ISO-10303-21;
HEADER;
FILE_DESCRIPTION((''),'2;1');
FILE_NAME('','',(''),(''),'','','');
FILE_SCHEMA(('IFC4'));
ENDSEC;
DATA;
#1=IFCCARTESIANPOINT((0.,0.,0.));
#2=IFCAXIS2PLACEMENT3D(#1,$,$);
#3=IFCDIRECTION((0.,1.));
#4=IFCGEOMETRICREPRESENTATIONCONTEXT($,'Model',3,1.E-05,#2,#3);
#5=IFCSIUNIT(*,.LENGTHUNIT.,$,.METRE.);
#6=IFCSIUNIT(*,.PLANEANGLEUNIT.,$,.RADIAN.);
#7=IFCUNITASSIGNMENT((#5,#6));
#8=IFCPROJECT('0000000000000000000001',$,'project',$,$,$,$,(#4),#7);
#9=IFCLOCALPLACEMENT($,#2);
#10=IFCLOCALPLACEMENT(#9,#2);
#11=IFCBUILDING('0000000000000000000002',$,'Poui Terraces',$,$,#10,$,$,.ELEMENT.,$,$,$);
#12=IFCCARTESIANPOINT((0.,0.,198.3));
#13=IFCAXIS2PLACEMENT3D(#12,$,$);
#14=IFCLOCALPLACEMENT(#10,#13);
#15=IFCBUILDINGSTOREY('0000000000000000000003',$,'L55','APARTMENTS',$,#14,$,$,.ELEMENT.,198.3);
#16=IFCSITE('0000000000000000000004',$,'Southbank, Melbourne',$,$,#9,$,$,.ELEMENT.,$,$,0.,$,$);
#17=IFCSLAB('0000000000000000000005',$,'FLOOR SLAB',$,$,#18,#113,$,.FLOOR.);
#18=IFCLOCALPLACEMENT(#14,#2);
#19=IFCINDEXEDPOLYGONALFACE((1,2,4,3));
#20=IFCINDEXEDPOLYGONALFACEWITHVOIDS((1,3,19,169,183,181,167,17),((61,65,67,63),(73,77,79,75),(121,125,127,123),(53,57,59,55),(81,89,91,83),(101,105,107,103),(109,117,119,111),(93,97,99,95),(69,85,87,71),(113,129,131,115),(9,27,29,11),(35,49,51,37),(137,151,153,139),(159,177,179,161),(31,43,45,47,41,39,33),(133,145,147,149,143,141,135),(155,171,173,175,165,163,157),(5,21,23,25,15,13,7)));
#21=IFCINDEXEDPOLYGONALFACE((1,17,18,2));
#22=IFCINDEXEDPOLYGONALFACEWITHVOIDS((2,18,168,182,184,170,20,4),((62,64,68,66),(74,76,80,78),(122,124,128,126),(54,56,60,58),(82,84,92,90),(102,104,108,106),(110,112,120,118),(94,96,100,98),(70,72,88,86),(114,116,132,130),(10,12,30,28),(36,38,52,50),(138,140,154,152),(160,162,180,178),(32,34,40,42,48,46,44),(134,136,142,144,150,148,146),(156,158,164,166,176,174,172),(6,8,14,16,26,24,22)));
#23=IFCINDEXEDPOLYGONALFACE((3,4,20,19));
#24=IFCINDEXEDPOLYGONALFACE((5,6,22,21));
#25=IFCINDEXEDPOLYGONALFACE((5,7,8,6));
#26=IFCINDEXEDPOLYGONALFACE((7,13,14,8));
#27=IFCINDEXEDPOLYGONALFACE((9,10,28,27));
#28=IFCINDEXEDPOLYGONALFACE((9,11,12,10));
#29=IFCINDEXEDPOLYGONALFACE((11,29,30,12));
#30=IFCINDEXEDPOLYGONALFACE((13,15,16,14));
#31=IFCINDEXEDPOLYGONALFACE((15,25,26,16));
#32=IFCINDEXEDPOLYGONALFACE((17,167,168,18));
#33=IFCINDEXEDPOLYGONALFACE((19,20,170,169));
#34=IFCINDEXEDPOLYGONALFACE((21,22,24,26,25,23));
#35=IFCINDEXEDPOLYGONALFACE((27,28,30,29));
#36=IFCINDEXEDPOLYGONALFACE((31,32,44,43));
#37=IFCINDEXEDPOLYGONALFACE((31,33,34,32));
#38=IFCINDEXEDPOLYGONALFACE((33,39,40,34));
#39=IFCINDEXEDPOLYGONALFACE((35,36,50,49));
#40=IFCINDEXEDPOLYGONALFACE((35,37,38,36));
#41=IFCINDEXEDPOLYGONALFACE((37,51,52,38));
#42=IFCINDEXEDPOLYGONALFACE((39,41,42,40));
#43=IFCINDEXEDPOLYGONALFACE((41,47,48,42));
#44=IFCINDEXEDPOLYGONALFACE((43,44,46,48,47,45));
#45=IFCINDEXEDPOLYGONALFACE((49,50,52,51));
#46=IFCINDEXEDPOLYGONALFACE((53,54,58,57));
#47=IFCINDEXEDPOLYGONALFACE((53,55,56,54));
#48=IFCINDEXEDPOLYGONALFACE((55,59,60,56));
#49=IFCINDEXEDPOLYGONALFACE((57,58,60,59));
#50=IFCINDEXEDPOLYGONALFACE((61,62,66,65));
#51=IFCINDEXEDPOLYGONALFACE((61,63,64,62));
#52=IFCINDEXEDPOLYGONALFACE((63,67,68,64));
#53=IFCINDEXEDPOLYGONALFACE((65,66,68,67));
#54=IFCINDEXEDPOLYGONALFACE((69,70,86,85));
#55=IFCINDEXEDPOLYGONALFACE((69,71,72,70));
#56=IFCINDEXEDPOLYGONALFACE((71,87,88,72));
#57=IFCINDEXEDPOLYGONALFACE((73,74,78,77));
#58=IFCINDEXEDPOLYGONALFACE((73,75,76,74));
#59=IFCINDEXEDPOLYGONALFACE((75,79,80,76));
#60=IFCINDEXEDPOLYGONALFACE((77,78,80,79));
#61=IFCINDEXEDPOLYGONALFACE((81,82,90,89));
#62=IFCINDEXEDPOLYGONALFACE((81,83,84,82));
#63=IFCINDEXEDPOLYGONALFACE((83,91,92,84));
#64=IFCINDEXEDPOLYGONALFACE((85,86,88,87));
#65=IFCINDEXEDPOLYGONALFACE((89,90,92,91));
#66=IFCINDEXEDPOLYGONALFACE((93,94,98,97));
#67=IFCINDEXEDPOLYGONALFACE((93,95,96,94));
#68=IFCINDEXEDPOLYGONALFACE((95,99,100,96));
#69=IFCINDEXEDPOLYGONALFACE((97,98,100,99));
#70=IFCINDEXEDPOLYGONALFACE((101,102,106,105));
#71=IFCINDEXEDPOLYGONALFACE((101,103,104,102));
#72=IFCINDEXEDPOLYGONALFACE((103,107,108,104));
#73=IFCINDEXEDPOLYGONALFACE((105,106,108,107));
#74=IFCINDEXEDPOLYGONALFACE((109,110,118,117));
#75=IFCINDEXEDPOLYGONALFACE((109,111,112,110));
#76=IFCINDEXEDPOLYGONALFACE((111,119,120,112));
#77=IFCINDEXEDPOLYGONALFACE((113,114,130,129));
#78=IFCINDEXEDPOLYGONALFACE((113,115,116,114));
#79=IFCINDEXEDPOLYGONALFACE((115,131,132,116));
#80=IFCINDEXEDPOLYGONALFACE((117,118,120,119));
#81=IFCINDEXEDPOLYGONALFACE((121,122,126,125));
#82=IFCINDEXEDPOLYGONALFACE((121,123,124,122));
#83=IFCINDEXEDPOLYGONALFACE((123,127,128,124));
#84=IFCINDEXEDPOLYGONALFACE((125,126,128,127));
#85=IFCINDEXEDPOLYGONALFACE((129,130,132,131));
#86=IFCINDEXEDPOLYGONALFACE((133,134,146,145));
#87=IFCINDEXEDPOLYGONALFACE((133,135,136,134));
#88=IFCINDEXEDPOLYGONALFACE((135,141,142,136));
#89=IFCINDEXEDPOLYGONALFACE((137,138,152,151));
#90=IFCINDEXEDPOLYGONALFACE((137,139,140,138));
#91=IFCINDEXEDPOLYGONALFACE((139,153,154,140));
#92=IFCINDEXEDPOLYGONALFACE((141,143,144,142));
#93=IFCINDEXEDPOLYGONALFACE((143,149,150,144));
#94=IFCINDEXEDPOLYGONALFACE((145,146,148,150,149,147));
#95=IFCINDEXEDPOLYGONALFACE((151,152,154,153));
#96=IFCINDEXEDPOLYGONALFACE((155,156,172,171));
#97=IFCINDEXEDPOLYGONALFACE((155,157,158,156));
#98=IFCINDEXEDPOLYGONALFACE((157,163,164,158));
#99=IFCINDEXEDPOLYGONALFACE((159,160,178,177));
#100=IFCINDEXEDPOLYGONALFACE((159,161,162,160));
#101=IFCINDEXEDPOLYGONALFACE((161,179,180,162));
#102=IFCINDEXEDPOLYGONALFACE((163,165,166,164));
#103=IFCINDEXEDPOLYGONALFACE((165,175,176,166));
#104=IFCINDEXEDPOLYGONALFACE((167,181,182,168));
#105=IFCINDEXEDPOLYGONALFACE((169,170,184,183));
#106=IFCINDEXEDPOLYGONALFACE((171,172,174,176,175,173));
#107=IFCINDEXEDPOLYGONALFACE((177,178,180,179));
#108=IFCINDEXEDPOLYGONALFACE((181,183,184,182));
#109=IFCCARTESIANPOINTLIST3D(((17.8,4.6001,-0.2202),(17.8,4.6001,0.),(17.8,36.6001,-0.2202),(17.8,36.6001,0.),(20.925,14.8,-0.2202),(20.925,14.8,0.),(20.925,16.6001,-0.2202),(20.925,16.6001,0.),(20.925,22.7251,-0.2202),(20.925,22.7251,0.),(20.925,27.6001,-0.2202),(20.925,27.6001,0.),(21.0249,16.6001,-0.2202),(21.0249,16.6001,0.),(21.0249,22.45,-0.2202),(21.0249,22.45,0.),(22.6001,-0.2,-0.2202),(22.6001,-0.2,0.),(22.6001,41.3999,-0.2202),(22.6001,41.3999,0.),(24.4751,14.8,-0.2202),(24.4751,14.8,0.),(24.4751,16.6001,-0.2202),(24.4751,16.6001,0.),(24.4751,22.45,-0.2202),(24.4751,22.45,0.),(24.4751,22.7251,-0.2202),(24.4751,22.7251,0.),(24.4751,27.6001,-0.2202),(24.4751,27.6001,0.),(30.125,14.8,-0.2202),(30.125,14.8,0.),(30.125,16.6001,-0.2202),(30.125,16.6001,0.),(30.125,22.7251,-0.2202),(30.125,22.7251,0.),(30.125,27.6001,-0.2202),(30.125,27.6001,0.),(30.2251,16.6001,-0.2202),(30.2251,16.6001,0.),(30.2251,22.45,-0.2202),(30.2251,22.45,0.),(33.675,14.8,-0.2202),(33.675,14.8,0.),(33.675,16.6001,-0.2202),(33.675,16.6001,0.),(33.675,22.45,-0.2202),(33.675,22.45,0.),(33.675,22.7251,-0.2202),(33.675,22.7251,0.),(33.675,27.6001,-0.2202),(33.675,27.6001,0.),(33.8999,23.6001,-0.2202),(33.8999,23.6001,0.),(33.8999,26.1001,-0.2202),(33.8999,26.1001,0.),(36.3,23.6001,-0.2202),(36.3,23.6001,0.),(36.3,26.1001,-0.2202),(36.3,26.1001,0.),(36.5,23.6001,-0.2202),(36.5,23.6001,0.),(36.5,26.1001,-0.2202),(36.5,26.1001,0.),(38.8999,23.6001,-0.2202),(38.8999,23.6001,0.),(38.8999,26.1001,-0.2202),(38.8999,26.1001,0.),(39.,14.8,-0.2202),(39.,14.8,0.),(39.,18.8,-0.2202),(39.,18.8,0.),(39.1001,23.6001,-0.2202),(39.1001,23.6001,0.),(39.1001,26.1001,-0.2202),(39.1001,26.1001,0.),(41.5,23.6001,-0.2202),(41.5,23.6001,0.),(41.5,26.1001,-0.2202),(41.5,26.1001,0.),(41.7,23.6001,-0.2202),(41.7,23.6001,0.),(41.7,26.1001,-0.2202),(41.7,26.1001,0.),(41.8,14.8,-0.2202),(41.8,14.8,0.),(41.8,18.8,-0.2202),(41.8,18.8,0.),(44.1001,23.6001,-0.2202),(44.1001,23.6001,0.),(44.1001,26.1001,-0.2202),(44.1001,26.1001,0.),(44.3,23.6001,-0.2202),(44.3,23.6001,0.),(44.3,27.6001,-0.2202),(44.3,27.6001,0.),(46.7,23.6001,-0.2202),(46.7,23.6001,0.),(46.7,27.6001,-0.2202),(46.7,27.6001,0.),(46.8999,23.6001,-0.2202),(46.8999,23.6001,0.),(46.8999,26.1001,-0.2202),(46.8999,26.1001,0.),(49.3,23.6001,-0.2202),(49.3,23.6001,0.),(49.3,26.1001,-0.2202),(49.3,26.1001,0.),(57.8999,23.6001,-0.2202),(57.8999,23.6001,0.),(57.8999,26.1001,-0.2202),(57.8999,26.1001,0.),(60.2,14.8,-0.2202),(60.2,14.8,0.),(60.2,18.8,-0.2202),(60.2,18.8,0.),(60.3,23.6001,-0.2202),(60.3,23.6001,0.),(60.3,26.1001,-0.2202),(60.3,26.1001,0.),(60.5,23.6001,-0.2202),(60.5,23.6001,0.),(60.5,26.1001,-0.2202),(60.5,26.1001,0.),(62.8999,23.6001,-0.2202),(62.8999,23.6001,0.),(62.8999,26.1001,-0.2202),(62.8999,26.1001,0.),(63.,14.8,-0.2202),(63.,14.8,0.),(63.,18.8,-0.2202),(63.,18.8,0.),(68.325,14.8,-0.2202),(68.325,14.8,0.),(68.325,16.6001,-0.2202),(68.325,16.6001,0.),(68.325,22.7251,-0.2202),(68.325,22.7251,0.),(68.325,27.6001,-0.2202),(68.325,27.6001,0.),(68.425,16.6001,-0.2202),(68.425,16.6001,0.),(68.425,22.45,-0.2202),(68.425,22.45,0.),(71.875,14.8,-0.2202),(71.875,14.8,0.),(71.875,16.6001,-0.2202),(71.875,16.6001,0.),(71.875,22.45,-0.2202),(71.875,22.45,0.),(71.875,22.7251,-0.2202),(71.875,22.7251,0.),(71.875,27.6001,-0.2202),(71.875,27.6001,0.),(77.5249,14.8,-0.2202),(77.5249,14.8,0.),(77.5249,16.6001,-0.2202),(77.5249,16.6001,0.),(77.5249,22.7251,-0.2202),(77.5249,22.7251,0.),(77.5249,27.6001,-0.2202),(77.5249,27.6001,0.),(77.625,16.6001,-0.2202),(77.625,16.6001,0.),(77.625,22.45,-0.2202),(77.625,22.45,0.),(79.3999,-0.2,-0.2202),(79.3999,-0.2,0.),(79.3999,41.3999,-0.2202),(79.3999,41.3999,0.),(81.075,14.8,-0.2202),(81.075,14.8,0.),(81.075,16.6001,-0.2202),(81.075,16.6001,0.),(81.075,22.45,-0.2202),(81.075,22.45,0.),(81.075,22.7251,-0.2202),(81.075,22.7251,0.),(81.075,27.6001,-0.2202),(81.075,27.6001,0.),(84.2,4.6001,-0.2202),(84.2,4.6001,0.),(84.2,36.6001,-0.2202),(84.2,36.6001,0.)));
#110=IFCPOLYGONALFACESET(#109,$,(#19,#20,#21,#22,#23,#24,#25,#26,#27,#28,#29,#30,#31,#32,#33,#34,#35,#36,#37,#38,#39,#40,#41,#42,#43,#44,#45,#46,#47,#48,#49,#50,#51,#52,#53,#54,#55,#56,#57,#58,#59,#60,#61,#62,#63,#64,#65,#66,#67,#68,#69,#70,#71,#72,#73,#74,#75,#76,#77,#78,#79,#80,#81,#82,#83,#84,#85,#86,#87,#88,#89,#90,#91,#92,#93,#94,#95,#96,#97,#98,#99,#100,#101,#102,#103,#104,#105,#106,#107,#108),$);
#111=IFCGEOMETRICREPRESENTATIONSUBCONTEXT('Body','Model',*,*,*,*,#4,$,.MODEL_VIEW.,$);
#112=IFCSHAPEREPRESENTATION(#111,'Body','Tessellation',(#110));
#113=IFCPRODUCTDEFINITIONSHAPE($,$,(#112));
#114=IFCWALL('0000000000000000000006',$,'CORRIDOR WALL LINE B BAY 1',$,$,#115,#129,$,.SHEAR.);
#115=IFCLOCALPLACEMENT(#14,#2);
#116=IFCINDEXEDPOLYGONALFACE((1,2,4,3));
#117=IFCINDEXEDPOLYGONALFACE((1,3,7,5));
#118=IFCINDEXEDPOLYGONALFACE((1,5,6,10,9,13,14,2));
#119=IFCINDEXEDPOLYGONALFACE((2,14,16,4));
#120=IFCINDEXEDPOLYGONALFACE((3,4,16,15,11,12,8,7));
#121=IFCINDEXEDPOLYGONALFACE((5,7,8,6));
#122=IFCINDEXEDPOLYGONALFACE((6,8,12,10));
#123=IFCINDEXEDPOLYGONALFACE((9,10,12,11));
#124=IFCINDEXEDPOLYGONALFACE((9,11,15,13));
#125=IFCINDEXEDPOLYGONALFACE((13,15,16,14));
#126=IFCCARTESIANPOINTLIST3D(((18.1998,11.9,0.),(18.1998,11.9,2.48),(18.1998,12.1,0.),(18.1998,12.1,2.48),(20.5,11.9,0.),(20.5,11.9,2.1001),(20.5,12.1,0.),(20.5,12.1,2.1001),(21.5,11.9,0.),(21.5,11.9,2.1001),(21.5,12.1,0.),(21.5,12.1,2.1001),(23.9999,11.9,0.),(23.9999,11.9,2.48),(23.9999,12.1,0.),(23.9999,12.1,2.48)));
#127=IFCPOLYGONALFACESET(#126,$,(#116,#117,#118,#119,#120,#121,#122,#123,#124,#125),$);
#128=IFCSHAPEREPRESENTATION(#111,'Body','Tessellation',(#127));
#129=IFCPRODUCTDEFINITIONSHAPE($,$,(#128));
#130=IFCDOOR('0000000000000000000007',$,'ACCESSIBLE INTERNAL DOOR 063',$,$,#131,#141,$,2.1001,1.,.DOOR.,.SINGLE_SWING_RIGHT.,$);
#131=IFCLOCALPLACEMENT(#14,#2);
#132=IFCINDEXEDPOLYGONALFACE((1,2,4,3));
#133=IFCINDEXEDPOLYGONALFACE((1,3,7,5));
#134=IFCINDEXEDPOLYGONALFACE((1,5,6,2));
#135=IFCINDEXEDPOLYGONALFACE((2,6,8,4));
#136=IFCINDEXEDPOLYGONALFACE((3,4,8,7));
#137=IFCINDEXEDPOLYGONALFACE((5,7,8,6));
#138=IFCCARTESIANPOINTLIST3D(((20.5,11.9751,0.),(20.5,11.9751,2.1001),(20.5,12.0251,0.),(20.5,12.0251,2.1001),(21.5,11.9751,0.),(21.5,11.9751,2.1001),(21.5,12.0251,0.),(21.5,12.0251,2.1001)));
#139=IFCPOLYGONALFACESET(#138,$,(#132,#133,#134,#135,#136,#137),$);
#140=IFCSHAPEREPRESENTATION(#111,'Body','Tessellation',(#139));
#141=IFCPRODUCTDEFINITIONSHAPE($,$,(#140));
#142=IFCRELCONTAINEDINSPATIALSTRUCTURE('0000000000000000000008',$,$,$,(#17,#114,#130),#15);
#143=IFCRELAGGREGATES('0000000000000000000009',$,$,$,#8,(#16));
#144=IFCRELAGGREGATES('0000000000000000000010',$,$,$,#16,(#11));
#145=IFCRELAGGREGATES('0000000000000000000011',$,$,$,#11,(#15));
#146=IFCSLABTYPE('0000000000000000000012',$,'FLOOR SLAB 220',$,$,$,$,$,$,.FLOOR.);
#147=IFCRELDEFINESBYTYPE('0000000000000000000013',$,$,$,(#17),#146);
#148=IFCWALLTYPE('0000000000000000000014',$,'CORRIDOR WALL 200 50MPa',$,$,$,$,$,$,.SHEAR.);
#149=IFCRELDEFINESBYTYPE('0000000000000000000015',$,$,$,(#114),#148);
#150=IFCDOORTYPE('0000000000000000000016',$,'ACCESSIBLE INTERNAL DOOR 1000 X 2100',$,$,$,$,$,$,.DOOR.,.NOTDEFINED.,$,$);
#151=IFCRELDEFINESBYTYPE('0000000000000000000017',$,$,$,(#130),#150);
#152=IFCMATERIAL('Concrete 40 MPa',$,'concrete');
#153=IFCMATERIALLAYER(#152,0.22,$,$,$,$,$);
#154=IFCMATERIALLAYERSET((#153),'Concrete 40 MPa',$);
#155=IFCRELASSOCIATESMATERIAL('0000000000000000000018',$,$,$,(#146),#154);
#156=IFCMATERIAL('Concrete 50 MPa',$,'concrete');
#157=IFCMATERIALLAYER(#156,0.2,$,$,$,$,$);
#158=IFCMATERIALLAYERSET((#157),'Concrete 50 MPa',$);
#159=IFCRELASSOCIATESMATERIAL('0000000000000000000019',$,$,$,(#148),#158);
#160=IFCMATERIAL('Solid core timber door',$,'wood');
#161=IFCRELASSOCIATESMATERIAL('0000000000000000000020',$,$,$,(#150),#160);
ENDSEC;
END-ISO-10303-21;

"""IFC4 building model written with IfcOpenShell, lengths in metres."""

from ifc_helpers import new_model, si_unit, direction, frame, frame_2d, origin, place, context, subcontext, project, spatial, polyline, rectangle, outline, extrude, source, transform, mapped, material, layer, layer_set, type_object, element, fill, save


model = new_model("IFC4")

# Units and contexts
model_context = context("Model", 3, precision=1e-05, world=origin(), true_north=direction((0.0, 1.0)))
body_context = subcontext(model_context, "Body", "Model", "MODEL_VIEW")
ifc_project = project(units=[si_unit("LENGTHUNIT", "METRE"), si_unit("PLANEANGLEUNIT", "RADIAN")], contexts=[model_context])

# Site, building, storey
site_placement = place(None, origin())
site = spatial("IfcSite", under=ifc_project, at=site_placement, Name="Southbank, Melbourne", CompositionType="ELEMENT", RefElevation=0.0)
building_placement = place(site_placement, origin())
building = spatial("IfcBuilding", under=site, at=building_placement, Name="Poui Terraces", CompositionType="ELEMENT")
storey_placement = place(building_placement, frame((0.0, 0.0, 198.3)))
storey = spatial("IfcBuildingStorey", under=building, at=storey_placement, Name="L55", Description="APARTMENTS", CompositionType="ELEMENT", Elevation=198.3)

# Shared definitions
ifc_material_1 = material(Name="Concrete 50 MPa", Category="concrete")

# Slab
ifc_material_2 = material(Name="Concrete 40 MPa", Category="concrete")
ifc_layer_1 = layer(ifc_material_2, 0.22)
ifc_layer_set_1 = layer_set([ifc_layer_1], Name="Concrete 40 MPa")
slab_type_1 = type_object("IfcSlabType", Name="FLOOR SLAB 220", PredefinedType="FLOOR", material=ifc_layer_set_1)
shared_shape_1 = source(origin(), body_context, "Body", "SweptSolid", [
    extrude(outline(polyline([(0.0, 0.0), (4.8, -4.8), (61.5999, -4.8), (66.3999, 0.0), (66.3999, 32.0), (61.5999, 36.7998), (4.8, 36.7998), (0.0, 32.0), (0.0, 0.0)]), holes=[polyline([(21.2, 10.2), (21.2, 14.2), (24.0, 14.2), (24.0, 10.2), (21.2, 10.2)]), polyline([(3.2249, 17.8499), (6.675, 17.8499), (6.675, 12.0), (6.675, 10.2), (3.125, 10.2), (3.125, 12.0), (3.2249, 12.0), (3.2249, 17.8499)]), polyline([(12.425, 17.8499), (15.875, 17.8499), (15.875, 12.0), (15.875, 10.2), (12.325, 10.2), (12.325, 12.0), (12.425, 12.0), (12.425, 17.8499)]), polyline([(16.0999, 19.0), (16.0999, 21.5), (18.5, 21.5), (18.5, 19.0), (16.0999, 19.0)]), polyline([(18.7, 19.0), (18.7, 21.5), (21.0999, 21.5), (21.0999, 19.0), (18.7, 19.0)]), polyline([(21.3, 19.0), (21.3, 21.5), (23.7, 21.5), (23.7, 19.0), (21.3, 19.0)]), polyline([(23.8999, 19.0), (23.8999, 21.5), (26.3, 21.5), (26.3, 19.0), (23.8999, 19.0)]), polyline([(3.125, 23.0), (6.675, 23.0), (6.675, 18.125), (3.125, 18.125), (3.125, 23.0)]), polyline([(12.325, 23.0), (15.875, 23.0), (15.875, 18.125), (12.325, 18.125), (12.325, 23.0)]), polyline([(42.3999, 10.2), (42.3999, 14.2), (45.2, 14.2), (45.2, 10.2), (42.3999, 10.2)]), polyline([(50.625, 17.8499), (54.075, 17.8499), (54.075, 12.0), (54.075, 10.2), (50.5249, 10.2), (50.5249, 12.0), (50.625, 12.0), (50.625, 17.8499)]), polyline([(59.825, 17.8499), (63.2749, 17.8499), (63.2749, 12.0), (63.2749, 10.2), (59.7249, 10.2), (59.7249, 12.0), (59.825, 12.0), (59.825, 17.8499)]), polyline([(29.0999, 19.0), (29.0999, 21.5), (31.5, 21.5), (31.5, 19.0), (29.0999, 19.0)]), polyline([(40.0999, 19.0), (40.0999, 21.5), (42.5, 21.5), (42.5, 19.0), (40.0999, 19.0)]), polyline([(42.7, 19.0), (42.7, 21.5), (45.0999, 21.5), (45.0999, 19.0), (42.7, 19.0)]), polyline([(50.5249, 18.125), (50.5249, 23.0), (54.075, 23.0), (54.075, 18.125), (50.5249, 18.125)]), polyline([(59.7249, 23.0), (63.2749, 23.0), (63.2749, 18.125), (59.7249, 18.125), (59.7249, 23.0)]), polyline([(26.5, 23.0), (28.8999, 23.0), (28.8999, 19.0), (26.5, 19.0), (26.5, 23.0)])]), origin(), (0.0, 0.0, 1.0), 0.2202),
])
slab_1_placement = place(storey_placement, frame((17.8, 4.6001, -0.2202)))
element("IfcSlab", 1, at=slab_1_placement, inside=storey, type_object=slab_type_1, Name="FLOOR SLAB", PredefinedType="FLOOR", context=body_context, shape_type="MappedRepresentation", body=[
    mapped(shared_shape_1, transform((0.0, 0.0, 0.0))),
])

# Wall, opening, door
ifc_layer_2 = layer(ifc_material_1, 0.2)
ifc_layer_set_2 = layer_set([ifc_layer_2], Name="Concrete 50 MPa")
wall_type_1 = type_object("IfcWallType", Name="CORRIDOR WALL 200 50MPa", PredefinedType="SHEAR", material=ifc_layer_set_2)
wall_1_placement = place(storey_placement, frame((18.2, 12.0, 0.0), z_axis=(0.0, 0.0, 1.0), x_axis=(1.0, 0.0, 0.0)))
wall_1 = element("IfcWall", 2, at=wall_1_placement, inside=storey, type_object=wall_type_1, Name="CORRIDOR WALL LINE B BAY 1", PredefinedType="SHEAR", context=body_context, shape_type="SweptSolid", body=[
    extrude(rectangle(XDim=5.8, YDim=0.2, at=frame_2d((2.8999, 0.0))), origin(), (0.0, 0.0, 1.0), 2.48),
])
opening_1_placement = place(wall_1_placement, frame((2.3, 0.0, 0.0)))
opening_1 = element("IfcOpeningElement", 3, at=opening_1_placement, cuts=wall_1, PredefinedType="OPENING", context=body_context, shape_type="SweptSolid", body=[
    extrude(rectangle(XDim=1.0, YDim=2.1001, at=frame_2d((0.5, 1.05))), frame((0.0, 0.1099, 0.0), z_axis=(0.0, -1.0, 0.0), x_axis=(1.0, 0.0, 0.0)), (0.0, 0.0, 1.0), 0.22),
])
ifc_material_3 = material(Name="Solid core timber door", Category="wood")
door_type = type_object("IfcDoorType", Name="ACCESSIBLE INTERNAL DOOR 1000 X 2100", OperationType="NOTDEFINED", PredefinedType="DOOR", material=ifc_material_3)
door_placement = place(opening_1_placement, frame((1.0, 0.0, 0.0), z_axis=(0.0, 0.0, 1.0), x_axis=(-1.0, 0.0, 0.0)))
door = element("IfcDoor", 4, at=door_placement, inside=storey, type_object=door_type, Name="ACCESSIBLE INTERNAL DOOR 063", OperationType="SINGLE_SWING_RIGHT", OverallHeight=2.1001, OverallWidth=1.0, PredefinedType="DOOR", context=body_context, shape_type="SweptSolid", body=[
    extrude(rectangle(XDim=1.0, YDim=2.1001, at=frame_2d((0.5, 1.05))), frame((0.0, 0.0249, 0.0), z_axis=(0.0, -1.0, 0.0), x_axis=(1.0, 0.0, 0.0)), (0.0, 0.0, 1.0), 0.05),
])
fill(opening_1, door)

save(model, "model.ifc")
